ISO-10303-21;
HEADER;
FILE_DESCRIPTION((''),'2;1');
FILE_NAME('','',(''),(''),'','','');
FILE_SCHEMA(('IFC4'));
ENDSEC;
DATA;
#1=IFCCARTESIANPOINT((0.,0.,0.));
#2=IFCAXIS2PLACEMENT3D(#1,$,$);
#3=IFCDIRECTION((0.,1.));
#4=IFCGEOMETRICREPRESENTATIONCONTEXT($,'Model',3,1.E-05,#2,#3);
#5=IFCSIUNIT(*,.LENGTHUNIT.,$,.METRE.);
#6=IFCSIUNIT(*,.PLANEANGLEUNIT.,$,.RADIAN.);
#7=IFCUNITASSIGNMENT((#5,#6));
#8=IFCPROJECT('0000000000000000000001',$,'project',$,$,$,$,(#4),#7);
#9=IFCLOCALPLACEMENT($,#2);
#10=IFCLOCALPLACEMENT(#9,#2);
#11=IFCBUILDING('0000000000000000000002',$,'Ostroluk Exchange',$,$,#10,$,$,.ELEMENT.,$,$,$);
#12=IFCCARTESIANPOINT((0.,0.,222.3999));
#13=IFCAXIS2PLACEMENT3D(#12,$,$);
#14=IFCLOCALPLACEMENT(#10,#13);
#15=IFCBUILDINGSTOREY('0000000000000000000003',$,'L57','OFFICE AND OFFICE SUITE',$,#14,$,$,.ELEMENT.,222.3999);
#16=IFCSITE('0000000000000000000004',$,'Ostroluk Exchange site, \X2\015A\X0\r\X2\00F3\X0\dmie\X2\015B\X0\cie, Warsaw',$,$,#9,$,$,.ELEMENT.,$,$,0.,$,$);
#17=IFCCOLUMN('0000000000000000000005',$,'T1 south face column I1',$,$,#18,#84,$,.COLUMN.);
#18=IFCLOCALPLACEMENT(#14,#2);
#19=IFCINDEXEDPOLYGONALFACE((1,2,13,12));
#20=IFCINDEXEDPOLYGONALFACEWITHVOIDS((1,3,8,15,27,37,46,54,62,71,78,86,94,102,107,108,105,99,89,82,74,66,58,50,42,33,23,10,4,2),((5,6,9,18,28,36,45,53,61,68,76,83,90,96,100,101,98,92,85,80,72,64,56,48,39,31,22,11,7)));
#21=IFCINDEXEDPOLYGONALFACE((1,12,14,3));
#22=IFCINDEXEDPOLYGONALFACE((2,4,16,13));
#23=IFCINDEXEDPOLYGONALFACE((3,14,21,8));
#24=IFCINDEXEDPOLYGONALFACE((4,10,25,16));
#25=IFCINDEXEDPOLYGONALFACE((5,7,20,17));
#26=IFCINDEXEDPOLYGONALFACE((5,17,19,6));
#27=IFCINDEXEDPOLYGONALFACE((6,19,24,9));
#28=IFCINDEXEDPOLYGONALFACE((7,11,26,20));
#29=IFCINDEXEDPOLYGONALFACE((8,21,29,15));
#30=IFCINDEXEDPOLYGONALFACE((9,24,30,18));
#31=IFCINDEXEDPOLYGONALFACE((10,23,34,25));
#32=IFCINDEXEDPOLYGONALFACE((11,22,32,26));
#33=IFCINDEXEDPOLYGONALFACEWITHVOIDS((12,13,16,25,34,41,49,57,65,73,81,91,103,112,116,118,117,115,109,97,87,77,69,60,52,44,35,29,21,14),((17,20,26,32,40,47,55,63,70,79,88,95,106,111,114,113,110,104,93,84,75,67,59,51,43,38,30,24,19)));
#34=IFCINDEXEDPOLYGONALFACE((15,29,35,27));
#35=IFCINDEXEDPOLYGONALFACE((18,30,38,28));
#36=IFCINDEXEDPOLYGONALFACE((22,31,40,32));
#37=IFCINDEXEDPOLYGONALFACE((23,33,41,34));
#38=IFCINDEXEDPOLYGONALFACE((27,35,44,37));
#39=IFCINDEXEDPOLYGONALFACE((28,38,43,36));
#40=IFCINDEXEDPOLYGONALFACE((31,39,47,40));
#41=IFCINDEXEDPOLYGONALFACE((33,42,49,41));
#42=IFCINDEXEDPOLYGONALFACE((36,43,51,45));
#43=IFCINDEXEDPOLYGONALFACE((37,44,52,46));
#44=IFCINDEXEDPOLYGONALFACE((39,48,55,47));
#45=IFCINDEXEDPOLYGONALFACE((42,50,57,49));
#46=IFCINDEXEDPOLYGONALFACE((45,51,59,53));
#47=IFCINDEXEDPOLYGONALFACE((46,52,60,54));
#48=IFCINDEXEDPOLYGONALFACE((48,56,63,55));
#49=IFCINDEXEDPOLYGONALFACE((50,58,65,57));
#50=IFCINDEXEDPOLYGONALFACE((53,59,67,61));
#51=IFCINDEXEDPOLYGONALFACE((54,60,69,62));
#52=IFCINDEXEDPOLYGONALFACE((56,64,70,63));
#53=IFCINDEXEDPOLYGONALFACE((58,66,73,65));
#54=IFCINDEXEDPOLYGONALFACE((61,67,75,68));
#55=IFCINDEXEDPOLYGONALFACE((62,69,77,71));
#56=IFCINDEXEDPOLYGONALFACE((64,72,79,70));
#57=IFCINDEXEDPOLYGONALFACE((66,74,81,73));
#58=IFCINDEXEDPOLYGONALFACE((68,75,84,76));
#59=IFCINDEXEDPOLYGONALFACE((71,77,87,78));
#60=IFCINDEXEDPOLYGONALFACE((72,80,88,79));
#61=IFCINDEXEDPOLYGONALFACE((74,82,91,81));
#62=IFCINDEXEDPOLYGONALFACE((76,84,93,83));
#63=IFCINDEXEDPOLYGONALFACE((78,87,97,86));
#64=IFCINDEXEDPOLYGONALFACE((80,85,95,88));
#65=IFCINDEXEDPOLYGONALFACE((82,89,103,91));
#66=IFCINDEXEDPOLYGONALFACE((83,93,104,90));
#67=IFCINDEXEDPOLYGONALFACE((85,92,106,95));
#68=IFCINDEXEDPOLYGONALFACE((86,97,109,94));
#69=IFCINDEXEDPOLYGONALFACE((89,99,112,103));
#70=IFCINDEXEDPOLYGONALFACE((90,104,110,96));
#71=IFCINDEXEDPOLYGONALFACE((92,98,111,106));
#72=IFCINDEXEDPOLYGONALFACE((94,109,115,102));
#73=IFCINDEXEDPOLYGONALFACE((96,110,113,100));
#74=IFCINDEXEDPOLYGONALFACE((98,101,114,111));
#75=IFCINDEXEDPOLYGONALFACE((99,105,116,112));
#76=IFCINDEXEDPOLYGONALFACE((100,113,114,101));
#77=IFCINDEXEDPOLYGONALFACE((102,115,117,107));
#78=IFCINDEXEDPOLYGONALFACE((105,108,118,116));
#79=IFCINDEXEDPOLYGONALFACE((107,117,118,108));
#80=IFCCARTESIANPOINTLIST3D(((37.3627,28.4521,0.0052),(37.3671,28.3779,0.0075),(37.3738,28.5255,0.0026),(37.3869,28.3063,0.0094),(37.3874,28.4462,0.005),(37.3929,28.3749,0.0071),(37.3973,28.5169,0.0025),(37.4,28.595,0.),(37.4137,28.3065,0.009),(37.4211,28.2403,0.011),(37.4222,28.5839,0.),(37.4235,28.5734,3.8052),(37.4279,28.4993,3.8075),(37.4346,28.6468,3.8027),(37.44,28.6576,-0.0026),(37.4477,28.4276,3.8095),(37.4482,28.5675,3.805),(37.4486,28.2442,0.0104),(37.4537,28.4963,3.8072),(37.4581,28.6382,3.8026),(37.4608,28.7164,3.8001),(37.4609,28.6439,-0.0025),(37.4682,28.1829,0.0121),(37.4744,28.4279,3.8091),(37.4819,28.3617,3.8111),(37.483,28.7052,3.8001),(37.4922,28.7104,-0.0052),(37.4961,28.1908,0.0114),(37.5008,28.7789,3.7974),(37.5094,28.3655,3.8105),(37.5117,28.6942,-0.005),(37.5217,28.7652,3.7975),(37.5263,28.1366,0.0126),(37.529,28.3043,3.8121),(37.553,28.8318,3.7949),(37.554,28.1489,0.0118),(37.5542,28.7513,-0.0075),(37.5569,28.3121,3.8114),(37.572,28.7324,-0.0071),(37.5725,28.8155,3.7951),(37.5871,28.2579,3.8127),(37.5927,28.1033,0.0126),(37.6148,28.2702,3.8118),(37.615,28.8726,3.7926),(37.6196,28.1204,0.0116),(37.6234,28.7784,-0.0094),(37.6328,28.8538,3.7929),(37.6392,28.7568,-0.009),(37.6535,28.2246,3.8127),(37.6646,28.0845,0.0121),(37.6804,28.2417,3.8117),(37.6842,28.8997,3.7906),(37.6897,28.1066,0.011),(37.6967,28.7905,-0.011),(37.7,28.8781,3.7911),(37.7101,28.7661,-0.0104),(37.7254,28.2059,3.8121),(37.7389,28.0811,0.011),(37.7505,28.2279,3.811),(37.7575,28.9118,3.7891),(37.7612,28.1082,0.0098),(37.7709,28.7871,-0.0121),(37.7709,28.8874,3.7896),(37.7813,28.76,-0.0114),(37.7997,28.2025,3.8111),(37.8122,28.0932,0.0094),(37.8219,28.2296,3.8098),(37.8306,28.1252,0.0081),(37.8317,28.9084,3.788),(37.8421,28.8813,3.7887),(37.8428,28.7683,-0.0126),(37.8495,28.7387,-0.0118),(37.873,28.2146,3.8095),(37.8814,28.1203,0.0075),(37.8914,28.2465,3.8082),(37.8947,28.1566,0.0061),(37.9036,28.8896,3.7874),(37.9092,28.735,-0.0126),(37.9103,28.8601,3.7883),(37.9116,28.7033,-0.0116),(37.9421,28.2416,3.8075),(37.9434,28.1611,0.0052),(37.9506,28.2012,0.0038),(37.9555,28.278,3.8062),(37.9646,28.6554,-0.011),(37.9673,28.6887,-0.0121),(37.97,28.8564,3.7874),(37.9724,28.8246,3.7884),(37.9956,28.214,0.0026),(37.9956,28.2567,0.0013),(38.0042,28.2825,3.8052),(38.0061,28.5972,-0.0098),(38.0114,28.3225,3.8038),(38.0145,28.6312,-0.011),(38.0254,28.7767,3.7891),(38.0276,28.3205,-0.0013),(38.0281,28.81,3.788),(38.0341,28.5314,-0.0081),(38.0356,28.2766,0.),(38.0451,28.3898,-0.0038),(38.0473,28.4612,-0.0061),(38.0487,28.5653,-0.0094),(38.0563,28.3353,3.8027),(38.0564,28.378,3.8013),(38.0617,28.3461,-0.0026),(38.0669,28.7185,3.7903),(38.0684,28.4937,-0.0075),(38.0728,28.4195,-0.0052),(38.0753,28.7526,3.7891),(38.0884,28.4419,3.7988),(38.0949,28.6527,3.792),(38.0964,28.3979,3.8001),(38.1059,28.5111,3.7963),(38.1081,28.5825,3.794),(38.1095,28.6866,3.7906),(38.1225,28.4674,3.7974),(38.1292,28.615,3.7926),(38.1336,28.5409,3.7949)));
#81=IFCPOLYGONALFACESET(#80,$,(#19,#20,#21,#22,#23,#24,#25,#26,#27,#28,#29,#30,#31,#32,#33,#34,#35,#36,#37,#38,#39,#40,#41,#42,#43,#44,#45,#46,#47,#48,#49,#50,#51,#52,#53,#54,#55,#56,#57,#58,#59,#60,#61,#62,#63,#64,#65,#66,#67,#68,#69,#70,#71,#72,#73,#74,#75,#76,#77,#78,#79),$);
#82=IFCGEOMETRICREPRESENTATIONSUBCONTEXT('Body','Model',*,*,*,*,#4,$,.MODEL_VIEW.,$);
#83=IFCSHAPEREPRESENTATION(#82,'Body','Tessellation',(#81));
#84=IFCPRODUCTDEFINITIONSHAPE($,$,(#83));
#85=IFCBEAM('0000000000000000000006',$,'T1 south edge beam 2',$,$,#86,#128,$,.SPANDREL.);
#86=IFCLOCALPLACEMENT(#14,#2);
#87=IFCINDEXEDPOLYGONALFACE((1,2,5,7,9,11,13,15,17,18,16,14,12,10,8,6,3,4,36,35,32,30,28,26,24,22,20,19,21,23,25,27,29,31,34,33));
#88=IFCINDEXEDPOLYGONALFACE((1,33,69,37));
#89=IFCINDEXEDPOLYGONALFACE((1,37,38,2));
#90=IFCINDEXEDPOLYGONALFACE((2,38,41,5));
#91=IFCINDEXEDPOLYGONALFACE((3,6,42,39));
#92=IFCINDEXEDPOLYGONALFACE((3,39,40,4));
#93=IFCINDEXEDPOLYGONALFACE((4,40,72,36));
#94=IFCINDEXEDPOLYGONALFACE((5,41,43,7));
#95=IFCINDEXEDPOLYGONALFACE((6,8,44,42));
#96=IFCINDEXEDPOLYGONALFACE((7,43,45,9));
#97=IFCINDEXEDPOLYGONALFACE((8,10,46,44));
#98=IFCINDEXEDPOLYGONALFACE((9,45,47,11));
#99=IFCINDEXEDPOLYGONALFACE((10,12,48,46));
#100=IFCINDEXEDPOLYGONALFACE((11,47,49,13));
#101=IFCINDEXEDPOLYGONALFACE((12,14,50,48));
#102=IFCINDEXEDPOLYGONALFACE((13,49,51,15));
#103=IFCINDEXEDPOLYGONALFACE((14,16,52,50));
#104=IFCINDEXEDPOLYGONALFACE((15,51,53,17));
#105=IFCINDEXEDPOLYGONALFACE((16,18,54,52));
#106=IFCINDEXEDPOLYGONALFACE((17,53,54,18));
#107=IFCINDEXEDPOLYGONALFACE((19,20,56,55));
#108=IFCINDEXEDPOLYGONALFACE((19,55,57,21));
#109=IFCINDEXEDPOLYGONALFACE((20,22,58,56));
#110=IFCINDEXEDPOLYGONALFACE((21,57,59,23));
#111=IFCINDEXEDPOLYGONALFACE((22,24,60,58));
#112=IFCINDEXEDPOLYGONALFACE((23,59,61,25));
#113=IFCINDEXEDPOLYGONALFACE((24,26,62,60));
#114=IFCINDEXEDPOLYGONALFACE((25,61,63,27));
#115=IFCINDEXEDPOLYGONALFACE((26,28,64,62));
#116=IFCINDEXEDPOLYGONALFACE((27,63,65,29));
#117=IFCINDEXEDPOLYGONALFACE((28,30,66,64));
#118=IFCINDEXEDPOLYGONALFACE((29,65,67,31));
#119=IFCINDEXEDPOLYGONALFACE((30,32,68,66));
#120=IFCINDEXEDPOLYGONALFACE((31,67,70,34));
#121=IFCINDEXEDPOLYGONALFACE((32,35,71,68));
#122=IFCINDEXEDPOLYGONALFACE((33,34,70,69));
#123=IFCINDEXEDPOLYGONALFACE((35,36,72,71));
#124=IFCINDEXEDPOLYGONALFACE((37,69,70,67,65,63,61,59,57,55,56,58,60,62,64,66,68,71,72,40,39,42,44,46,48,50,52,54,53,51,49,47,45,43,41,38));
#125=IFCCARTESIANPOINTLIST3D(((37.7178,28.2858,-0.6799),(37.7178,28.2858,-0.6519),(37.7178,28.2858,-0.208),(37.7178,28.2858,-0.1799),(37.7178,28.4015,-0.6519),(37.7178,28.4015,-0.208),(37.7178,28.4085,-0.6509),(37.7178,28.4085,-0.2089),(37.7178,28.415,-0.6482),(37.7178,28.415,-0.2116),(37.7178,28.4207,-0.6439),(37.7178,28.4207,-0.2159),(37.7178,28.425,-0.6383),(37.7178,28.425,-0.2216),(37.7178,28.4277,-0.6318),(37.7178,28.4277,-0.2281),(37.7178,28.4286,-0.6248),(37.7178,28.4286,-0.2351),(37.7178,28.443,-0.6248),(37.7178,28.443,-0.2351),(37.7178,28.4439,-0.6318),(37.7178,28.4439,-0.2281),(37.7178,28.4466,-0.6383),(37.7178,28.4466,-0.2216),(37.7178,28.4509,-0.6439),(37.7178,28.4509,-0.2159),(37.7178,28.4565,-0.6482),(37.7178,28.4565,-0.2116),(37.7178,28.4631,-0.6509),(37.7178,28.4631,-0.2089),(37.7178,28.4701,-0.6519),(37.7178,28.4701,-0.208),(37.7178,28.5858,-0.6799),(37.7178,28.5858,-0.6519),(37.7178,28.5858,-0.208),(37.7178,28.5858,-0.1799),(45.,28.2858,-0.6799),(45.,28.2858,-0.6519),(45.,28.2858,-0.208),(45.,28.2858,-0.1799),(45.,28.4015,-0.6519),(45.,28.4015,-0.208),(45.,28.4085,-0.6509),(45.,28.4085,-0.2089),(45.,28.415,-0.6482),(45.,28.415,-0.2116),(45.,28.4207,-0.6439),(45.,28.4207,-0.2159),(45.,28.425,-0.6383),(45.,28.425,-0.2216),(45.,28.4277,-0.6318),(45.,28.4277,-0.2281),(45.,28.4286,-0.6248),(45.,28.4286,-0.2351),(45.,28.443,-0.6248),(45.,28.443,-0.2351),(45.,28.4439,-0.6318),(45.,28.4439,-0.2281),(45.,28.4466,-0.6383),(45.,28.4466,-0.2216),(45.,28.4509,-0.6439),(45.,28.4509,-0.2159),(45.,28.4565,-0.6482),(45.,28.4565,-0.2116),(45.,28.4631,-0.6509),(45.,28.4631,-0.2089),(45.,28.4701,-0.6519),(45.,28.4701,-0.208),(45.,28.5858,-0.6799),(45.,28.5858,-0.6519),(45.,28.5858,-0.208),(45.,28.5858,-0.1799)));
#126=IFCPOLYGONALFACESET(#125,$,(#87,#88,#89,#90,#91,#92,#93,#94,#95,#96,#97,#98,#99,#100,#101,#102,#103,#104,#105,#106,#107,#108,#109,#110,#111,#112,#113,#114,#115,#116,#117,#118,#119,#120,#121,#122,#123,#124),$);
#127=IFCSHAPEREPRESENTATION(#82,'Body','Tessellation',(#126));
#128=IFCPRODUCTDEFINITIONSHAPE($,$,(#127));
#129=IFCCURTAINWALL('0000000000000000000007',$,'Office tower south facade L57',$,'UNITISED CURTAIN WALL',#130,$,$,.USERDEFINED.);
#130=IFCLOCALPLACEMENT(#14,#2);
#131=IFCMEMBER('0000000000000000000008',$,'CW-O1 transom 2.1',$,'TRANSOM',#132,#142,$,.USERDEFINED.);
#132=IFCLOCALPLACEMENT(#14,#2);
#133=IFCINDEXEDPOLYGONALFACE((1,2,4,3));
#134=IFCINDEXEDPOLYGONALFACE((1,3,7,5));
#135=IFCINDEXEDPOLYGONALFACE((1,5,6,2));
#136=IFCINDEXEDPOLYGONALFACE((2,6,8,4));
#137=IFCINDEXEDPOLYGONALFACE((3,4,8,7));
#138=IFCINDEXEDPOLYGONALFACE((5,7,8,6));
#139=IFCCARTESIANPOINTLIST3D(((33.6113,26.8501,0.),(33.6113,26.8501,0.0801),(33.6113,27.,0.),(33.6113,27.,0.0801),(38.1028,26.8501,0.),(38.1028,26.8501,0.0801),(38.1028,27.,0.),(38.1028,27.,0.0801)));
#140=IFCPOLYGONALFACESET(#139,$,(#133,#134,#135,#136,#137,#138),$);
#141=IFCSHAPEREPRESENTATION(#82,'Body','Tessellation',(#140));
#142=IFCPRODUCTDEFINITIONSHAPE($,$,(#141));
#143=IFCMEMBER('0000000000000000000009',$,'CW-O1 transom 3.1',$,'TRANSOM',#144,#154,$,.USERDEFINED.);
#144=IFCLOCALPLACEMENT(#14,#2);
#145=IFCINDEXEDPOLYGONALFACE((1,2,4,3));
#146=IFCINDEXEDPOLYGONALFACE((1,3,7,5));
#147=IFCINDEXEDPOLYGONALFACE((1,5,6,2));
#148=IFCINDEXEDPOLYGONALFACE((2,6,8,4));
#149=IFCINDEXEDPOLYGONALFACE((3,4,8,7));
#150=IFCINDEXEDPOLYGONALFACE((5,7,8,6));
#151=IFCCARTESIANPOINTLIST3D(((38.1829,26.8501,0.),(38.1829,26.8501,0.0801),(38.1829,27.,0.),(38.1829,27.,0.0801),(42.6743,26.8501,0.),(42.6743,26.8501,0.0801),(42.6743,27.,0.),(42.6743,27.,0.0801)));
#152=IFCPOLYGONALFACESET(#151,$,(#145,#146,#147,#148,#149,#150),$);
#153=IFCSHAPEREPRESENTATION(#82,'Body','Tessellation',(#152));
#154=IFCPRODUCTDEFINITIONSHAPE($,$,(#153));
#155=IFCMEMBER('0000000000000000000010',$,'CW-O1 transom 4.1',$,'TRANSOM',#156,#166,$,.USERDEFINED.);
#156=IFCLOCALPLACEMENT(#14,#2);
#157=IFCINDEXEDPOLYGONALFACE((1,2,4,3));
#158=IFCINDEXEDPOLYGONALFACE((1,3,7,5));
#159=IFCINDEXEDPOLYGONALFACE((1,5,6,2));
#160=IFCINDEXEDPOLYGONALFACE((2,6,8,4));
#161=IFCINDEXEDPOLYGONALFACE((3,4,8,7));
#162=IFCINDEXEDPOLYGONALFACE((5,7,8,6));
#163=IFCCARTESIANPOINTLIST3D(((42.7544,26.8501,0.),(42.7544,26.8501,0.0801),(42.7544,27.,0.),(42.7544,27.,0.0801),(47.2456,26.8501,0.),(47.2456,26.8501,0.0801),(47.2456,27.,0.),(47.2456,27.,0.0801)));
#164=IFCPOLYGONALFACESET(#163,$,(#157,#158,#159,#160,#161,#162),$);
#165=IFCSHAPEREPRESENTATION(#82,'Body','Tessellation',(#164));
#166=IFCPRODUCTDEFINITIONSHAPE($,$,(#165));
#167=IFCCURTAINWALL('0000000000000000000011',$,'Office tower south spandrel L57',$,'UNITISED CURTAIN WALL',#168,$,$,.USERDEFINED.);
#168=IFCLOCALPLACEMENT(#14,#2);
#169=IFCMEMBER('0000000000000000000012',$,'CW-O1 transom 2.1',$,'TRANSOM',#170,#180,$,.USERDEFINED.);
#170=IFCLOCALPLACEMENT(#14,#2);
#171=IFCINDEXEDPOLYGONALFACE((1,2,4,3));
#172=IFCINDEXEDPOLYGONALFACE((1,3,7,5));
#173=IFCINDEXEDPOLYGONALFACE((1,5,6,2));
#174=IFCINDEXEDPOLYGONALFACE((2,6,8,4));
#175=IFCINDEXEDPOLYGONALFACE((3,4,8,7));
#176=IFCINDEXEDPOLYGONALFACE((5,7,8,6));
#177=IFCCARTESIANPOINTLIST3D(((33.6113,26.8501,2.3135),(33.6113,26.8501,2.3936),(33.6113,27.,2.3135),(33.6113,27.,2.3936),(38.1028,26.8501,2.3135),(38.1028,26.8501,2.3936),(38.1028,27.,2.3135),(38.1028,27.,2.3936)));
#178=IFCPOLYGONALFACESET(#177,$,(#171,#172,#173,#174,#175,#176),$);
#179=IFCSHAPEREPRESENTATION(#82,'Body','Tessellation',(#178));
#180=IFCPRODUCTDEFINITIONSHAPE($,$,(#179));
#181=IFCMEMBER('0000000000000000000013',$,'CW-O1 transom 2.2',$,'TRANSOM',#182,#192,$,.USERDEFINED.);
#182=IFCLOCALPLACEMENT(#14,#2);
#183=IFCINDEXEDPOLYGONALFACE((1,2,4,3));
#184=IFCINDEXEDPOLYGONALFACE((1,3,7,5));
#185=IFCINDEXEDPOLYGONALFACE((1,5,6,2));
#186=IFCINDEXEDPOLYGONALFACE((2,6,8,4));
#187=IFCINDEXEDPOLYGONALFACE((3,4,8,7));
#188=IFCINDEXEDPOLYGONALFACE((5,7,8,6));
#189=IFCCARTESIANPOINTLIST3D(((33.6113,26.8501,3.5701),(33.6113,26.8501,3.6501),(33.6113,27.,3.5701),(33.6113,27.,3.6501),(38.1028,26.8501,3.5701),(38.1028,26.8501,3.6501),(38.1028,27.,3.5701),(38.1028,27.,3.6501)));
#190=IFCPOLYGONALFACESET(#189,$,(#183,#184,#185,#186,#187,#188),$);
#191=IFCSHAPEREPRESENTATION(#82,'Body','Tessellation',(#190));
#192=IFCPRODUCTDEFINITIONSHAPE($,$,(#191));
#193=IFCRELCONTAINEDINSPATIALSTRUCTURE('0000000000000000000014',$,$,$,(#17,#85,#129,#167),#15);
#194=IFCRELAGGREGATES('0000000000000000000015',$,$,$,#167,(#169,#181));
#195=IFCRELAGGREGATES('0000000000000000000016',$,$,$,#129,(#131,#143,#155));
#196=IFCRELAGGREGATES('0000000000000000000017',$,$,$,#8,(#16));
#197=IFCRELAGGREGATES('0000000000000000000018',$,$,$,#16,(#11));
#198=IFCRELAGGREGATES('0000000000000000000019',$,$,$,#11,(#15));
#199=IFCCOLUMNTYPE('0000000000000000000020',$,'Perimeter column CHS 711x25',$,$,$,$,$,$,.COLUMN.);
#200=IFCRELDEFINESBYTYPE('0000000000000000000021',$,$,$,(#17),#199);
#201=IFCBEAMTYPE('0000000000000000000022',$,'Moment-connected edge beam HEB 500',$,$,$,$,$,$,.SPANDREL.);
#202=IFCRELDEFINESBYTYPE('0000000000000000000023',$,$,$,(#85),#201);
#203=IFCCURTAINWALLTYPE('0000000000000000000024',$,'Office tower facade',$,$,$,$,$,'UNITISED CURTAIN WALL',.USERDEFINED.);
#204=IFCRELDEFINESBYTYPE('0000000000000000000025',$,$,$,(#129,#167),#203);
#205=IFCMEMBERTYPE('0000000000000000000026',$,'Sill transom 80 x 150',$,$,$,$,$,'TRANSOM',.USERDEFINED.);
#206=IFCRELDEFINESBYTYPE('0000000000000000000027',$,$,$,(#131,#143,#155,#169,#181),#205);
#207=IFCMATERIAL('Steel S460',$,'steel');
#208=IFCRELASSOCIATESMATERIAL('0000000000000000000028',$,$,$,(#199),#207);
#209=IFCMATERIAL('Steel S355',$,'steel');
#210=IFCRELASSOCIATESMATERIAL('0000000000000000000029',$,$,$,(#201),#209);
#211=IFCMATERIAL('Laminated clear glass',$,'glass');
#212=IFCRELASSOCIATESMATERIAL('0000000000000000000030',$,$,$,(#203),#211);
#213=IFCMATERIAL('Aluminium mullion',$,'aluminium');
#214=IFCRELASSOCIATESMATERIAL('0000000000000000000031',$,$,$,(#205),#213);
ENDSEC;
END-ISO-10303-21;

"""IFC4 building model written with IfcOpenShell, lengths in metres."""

from ifc_helpers import new_model, si_unit, direction, frame, origin, origin_2d, place, context, subcontext, project, spatial, rectangle, hollow_circle, i_section, extrude, material, material_profile, profile_set, type_object, element, aggregate, save


model = new_model("IFC4")

# Units and contexts
model_context = context("Model", 3, precision=1e-05, world=origin(), true_north=direction((0.0, 1.0)))
body_context = subcontext(model_context, "Body", "Model", "MODEL_VIEW")
ifc_project = project(units=[si_unit("LENGTHUNIT", "METRE"), si_unit("PLANEANGLEUNIT", "RADIAN")], contexts=[model_context])

# Site, building, storey
site_placement = place(None, origin())
site = spatial("IfcSite", under=ifc_project, at=site_placement, Name="Ostroluk Exchange site, Śródmieście, Warsaw", CompositionType="ELEMENT", RefElevation=0.0)
building_placement = place(site_placement, origin())
building = spatial("IfcBuilding", under=site, at=building_placement, Name="Ostroluk Exchange", CompositionType="ELEMENT")
storey_placement = place(building_placement, frame((0.0, 0.0, 222.3999)))
storey = spatial("IfcBuildingStorey", under=building, at=storey_placement, Name="L57", Description="OFFICE AND OFFICE SUITE", CompositionType="ELEMENT", Elevation=222.3999)

# Column
ifc_material_1 = material(Name="Steel S460", Category="steel")
ifc_material_profile_1 = material_profile(ifc_material_1, hollow_circle(Radius=0.3555, WallThickness=0.0249, at=origin_2d()), Name="CHS 711x25")
ifc_profile_set_1 = profile_set([ifc_material_profile_1], Name="Steel S460")
column_type = type_object("IfcColumnType", Name="Perimeter column CHS 711x25", PredefinedType="COLUMN", material=ifc_profile_set_1)
column_placement = place(storey_placement, frame((37.7178, 28.4358, 0.0), z_axis=(0.015987, 0.03191, 0.999363), x_axis=(-0.894067, 0.447933, 0.0)))
element("IfcColumn", 1, at=column_placement, inside=storey, type_object=column_type, Name="T1 south face column I1", PredefinedType="COLUMN", context=body_context, shape_type="SweptSolid", body=[
    extrude(hollow_circle(Radius=0.3555, WallThickness=0.0249, at=origin_2d()), origin(), (0.0, 0.0, 1.0), 3.8025),
])

# Beam
ifc_material_2 = material(Name="Steel S355", Category="steel")
ifc_material_profile_2 = material_profile(ifc_material_2, i_section(OverallWidth=0.3, OverallDepth=0.5, WebThickness=0.0144, FlangeThickness=0.0281, FilletRadius=0.0271, at=origin_2d()), Name="HEB 500")
ifc_profile_set_2 = profile_set([ifc_material_profile_2], Name="Steel S355")
beam_type = type_object("IfcBeamType", Name="Moment-connected edge beam HEB 500", PredefinedType="SPANDREL", material=ifc_profile_set_2)
beam_placement = place(storey_placement, frame((37.7178, 28.4358, -0.4299), z_axis=(1.0, 0.0, 0.0), x_axis=(0.0, 1.0, 0.0)))
element("IfcBeam", 2, at=beam_placement, inside=storey, type_object=beam_type, Name="T1 south edge beam 2", PredefinedType="SPANDREL", context=body_context, shape_type="SweptSolid", body=[
    extrude(i_section(OverallWidth=0.3, OverallDepth=0.5, WebThickness=0.0144, FlangeThickness=0.0281, FilletRadius=0.0271, at=origin_2d()), origin(), (0.0, 0.0, 1.0), 7.2822),
])

# Curtain walls, members
ifc_material_3 = material(Name="Laminated clear glass", Category="glass")
curtain_wall_type = type_object("IfcCurtainWallType", Name="Office tower facade", ElementType="UNITISED CURTAIN WALL", PredefinedType="USERDEFINED", material=ifc_material_3)
curtain_wall_1_placement = place(storey_placement, origin())
curtain_wall_1 = element("IfcCurtainWall", 3, at=curtain_wall_1_placement, inside=storey, type_object=curtain_wall_type, Name="Office tower south facade L57", ObjectType="UNITISED CURTAIN WALL", PredefinedType="USERDEFINED")
ifc_material_4 = material(Name="Aluminium mullion", Category="aluminium")
ifc_material_profile_3 = material_profile(ifc_material_4, rectangle(XDim=0.1499, YDim=0.0801, at=origin_2d()), Name="Sill transom 80 x 150")
ifc_profile_set_3 = profile_set([ifc_material_profile_3], Name="Aluminium mullion")
member_type_1 = type_object("IfcMemberType", Name="Sill transom 80 x 150", ElementType="TRANSOM", PredefinedType="USERDEFINED", material=ifc_profile_set_3)
member_1_placement = place(storey_placement, frame((33.6113, 26.925, 0.04), z_axis=(1.0, 0.0, 0.0), x_axis=(0.0, 1.0, 0.0)))
member_1 = element("IfcMember", 4, at=member_1_placement, type_object=member_type_1, Name="CW-O1 transom 2.1", ObjectType="TRANSOM", PredefinedType="USERDEFINED", context=body_context, shape_type="SweptSolid", body=[
    extrude(rectangle(XDim=0.1499, YDim=0.0801, at=origin_2d()), origin(), (0.0, 0.0, 1.0), 4.4915),
])
member_2_placement = place(storey_placement, frame((38.1829, 26.925, 0.04), z_axis=(1.0, 0.0, 0.0), x_axis=(0.0, 1.0, 0.0)))
member_2 = element("IfcMember", 5, at=member_2_placement, type_object=member_type_1, Name="CW-O1 transom 3.1", ObjectType="TRANSOM", PredefinedType="USERDEFINED", context=body_context, shape_type="SweptSolid", body=[
    extrude(rectangle(XDim=0.1499, YDim=0.0801, at=origin_2d()), origin(), (0.0, 0.0, 1.0), 4.4915),
])
member_3_placement = place(storey_placement, frame((42.7544, 26.925, 0.04), z_axis=(1.0, 0.0, 0.0), x_axis=(0.0, 1.0, 0.0)))
member_3 = element("IfcMember", 6, at=member_3_placement, type_object=member_type_1, Name="CW-O1 transom 4.1", ObjectType="TRANSOM", PredefinedType="USERDEFINED", context=body_context, shape_type="SweptSolid", body=[
    extrude(rectangle(XDim=0.1499, YDim=0.0801, at=origin_2d()), origin(), (0.0, 0.0, 1.0), 4.4912),
])
curtain_wall_2_placement = place(storey_placement, origin())
curtain_wall_2 = element("IfcCurtainWall", 7, at=curtain_wall_2_placement, inside=storey, type_object=curtain_wall_type, Name="Office tower south spandrel L57", ObjectType="UNITISED CURTAIN WALL", PredefinedType="USERDEFINED")
member_4_placement = place(storey_placement, frame((33.6113, 26.925, 2.3535), z_axis=(1.0, 0.0, 0.0), x_axis=(0.0, 1.0, 0.0)))
member_4 = element("IfcMember", 8, at=member_4_placement, type_object=member_type_1, Name="CW-O1 transom 2.1", ObjectType="TRANSOM", PredefinedType="USERDEFINED", context=body_context, shape_type="SweptSolid", body=[
    extrude(rectangle(XDim=0.1499, YDim=0.0801, at=origin_2d()), origin(), (0.0, 0.0, 1.0), 4.4915),
])
member_5_placement = place(storey_placement, frame((33.6113, 26.925, 3.6101), z_axis=(1.0, 0.0, 0.0), x_axis=(0.0, 1.0, 0.0)))
member_5 = element("IfcMember", 9, at=member_5_placement, type_object=member_type_1, Name="CW-O1 transom 2.2", ObjectType="TRANSOM", PredefinedType="USERDEFINED", context=body_context, shape_type="SweptSolid", body=[
    extrude(rectangle(XDim=0.1499, YDim=0.0801, at=origin_2d()), origin(), (0.0, 0.0, 1.0), 4.4915),
])

aggregate(curtain_wall_2, [member_4, member_5])
aggregate(curtain_wall_1, [member_1, member_2, member_3])

save(model, "model.ifc")
